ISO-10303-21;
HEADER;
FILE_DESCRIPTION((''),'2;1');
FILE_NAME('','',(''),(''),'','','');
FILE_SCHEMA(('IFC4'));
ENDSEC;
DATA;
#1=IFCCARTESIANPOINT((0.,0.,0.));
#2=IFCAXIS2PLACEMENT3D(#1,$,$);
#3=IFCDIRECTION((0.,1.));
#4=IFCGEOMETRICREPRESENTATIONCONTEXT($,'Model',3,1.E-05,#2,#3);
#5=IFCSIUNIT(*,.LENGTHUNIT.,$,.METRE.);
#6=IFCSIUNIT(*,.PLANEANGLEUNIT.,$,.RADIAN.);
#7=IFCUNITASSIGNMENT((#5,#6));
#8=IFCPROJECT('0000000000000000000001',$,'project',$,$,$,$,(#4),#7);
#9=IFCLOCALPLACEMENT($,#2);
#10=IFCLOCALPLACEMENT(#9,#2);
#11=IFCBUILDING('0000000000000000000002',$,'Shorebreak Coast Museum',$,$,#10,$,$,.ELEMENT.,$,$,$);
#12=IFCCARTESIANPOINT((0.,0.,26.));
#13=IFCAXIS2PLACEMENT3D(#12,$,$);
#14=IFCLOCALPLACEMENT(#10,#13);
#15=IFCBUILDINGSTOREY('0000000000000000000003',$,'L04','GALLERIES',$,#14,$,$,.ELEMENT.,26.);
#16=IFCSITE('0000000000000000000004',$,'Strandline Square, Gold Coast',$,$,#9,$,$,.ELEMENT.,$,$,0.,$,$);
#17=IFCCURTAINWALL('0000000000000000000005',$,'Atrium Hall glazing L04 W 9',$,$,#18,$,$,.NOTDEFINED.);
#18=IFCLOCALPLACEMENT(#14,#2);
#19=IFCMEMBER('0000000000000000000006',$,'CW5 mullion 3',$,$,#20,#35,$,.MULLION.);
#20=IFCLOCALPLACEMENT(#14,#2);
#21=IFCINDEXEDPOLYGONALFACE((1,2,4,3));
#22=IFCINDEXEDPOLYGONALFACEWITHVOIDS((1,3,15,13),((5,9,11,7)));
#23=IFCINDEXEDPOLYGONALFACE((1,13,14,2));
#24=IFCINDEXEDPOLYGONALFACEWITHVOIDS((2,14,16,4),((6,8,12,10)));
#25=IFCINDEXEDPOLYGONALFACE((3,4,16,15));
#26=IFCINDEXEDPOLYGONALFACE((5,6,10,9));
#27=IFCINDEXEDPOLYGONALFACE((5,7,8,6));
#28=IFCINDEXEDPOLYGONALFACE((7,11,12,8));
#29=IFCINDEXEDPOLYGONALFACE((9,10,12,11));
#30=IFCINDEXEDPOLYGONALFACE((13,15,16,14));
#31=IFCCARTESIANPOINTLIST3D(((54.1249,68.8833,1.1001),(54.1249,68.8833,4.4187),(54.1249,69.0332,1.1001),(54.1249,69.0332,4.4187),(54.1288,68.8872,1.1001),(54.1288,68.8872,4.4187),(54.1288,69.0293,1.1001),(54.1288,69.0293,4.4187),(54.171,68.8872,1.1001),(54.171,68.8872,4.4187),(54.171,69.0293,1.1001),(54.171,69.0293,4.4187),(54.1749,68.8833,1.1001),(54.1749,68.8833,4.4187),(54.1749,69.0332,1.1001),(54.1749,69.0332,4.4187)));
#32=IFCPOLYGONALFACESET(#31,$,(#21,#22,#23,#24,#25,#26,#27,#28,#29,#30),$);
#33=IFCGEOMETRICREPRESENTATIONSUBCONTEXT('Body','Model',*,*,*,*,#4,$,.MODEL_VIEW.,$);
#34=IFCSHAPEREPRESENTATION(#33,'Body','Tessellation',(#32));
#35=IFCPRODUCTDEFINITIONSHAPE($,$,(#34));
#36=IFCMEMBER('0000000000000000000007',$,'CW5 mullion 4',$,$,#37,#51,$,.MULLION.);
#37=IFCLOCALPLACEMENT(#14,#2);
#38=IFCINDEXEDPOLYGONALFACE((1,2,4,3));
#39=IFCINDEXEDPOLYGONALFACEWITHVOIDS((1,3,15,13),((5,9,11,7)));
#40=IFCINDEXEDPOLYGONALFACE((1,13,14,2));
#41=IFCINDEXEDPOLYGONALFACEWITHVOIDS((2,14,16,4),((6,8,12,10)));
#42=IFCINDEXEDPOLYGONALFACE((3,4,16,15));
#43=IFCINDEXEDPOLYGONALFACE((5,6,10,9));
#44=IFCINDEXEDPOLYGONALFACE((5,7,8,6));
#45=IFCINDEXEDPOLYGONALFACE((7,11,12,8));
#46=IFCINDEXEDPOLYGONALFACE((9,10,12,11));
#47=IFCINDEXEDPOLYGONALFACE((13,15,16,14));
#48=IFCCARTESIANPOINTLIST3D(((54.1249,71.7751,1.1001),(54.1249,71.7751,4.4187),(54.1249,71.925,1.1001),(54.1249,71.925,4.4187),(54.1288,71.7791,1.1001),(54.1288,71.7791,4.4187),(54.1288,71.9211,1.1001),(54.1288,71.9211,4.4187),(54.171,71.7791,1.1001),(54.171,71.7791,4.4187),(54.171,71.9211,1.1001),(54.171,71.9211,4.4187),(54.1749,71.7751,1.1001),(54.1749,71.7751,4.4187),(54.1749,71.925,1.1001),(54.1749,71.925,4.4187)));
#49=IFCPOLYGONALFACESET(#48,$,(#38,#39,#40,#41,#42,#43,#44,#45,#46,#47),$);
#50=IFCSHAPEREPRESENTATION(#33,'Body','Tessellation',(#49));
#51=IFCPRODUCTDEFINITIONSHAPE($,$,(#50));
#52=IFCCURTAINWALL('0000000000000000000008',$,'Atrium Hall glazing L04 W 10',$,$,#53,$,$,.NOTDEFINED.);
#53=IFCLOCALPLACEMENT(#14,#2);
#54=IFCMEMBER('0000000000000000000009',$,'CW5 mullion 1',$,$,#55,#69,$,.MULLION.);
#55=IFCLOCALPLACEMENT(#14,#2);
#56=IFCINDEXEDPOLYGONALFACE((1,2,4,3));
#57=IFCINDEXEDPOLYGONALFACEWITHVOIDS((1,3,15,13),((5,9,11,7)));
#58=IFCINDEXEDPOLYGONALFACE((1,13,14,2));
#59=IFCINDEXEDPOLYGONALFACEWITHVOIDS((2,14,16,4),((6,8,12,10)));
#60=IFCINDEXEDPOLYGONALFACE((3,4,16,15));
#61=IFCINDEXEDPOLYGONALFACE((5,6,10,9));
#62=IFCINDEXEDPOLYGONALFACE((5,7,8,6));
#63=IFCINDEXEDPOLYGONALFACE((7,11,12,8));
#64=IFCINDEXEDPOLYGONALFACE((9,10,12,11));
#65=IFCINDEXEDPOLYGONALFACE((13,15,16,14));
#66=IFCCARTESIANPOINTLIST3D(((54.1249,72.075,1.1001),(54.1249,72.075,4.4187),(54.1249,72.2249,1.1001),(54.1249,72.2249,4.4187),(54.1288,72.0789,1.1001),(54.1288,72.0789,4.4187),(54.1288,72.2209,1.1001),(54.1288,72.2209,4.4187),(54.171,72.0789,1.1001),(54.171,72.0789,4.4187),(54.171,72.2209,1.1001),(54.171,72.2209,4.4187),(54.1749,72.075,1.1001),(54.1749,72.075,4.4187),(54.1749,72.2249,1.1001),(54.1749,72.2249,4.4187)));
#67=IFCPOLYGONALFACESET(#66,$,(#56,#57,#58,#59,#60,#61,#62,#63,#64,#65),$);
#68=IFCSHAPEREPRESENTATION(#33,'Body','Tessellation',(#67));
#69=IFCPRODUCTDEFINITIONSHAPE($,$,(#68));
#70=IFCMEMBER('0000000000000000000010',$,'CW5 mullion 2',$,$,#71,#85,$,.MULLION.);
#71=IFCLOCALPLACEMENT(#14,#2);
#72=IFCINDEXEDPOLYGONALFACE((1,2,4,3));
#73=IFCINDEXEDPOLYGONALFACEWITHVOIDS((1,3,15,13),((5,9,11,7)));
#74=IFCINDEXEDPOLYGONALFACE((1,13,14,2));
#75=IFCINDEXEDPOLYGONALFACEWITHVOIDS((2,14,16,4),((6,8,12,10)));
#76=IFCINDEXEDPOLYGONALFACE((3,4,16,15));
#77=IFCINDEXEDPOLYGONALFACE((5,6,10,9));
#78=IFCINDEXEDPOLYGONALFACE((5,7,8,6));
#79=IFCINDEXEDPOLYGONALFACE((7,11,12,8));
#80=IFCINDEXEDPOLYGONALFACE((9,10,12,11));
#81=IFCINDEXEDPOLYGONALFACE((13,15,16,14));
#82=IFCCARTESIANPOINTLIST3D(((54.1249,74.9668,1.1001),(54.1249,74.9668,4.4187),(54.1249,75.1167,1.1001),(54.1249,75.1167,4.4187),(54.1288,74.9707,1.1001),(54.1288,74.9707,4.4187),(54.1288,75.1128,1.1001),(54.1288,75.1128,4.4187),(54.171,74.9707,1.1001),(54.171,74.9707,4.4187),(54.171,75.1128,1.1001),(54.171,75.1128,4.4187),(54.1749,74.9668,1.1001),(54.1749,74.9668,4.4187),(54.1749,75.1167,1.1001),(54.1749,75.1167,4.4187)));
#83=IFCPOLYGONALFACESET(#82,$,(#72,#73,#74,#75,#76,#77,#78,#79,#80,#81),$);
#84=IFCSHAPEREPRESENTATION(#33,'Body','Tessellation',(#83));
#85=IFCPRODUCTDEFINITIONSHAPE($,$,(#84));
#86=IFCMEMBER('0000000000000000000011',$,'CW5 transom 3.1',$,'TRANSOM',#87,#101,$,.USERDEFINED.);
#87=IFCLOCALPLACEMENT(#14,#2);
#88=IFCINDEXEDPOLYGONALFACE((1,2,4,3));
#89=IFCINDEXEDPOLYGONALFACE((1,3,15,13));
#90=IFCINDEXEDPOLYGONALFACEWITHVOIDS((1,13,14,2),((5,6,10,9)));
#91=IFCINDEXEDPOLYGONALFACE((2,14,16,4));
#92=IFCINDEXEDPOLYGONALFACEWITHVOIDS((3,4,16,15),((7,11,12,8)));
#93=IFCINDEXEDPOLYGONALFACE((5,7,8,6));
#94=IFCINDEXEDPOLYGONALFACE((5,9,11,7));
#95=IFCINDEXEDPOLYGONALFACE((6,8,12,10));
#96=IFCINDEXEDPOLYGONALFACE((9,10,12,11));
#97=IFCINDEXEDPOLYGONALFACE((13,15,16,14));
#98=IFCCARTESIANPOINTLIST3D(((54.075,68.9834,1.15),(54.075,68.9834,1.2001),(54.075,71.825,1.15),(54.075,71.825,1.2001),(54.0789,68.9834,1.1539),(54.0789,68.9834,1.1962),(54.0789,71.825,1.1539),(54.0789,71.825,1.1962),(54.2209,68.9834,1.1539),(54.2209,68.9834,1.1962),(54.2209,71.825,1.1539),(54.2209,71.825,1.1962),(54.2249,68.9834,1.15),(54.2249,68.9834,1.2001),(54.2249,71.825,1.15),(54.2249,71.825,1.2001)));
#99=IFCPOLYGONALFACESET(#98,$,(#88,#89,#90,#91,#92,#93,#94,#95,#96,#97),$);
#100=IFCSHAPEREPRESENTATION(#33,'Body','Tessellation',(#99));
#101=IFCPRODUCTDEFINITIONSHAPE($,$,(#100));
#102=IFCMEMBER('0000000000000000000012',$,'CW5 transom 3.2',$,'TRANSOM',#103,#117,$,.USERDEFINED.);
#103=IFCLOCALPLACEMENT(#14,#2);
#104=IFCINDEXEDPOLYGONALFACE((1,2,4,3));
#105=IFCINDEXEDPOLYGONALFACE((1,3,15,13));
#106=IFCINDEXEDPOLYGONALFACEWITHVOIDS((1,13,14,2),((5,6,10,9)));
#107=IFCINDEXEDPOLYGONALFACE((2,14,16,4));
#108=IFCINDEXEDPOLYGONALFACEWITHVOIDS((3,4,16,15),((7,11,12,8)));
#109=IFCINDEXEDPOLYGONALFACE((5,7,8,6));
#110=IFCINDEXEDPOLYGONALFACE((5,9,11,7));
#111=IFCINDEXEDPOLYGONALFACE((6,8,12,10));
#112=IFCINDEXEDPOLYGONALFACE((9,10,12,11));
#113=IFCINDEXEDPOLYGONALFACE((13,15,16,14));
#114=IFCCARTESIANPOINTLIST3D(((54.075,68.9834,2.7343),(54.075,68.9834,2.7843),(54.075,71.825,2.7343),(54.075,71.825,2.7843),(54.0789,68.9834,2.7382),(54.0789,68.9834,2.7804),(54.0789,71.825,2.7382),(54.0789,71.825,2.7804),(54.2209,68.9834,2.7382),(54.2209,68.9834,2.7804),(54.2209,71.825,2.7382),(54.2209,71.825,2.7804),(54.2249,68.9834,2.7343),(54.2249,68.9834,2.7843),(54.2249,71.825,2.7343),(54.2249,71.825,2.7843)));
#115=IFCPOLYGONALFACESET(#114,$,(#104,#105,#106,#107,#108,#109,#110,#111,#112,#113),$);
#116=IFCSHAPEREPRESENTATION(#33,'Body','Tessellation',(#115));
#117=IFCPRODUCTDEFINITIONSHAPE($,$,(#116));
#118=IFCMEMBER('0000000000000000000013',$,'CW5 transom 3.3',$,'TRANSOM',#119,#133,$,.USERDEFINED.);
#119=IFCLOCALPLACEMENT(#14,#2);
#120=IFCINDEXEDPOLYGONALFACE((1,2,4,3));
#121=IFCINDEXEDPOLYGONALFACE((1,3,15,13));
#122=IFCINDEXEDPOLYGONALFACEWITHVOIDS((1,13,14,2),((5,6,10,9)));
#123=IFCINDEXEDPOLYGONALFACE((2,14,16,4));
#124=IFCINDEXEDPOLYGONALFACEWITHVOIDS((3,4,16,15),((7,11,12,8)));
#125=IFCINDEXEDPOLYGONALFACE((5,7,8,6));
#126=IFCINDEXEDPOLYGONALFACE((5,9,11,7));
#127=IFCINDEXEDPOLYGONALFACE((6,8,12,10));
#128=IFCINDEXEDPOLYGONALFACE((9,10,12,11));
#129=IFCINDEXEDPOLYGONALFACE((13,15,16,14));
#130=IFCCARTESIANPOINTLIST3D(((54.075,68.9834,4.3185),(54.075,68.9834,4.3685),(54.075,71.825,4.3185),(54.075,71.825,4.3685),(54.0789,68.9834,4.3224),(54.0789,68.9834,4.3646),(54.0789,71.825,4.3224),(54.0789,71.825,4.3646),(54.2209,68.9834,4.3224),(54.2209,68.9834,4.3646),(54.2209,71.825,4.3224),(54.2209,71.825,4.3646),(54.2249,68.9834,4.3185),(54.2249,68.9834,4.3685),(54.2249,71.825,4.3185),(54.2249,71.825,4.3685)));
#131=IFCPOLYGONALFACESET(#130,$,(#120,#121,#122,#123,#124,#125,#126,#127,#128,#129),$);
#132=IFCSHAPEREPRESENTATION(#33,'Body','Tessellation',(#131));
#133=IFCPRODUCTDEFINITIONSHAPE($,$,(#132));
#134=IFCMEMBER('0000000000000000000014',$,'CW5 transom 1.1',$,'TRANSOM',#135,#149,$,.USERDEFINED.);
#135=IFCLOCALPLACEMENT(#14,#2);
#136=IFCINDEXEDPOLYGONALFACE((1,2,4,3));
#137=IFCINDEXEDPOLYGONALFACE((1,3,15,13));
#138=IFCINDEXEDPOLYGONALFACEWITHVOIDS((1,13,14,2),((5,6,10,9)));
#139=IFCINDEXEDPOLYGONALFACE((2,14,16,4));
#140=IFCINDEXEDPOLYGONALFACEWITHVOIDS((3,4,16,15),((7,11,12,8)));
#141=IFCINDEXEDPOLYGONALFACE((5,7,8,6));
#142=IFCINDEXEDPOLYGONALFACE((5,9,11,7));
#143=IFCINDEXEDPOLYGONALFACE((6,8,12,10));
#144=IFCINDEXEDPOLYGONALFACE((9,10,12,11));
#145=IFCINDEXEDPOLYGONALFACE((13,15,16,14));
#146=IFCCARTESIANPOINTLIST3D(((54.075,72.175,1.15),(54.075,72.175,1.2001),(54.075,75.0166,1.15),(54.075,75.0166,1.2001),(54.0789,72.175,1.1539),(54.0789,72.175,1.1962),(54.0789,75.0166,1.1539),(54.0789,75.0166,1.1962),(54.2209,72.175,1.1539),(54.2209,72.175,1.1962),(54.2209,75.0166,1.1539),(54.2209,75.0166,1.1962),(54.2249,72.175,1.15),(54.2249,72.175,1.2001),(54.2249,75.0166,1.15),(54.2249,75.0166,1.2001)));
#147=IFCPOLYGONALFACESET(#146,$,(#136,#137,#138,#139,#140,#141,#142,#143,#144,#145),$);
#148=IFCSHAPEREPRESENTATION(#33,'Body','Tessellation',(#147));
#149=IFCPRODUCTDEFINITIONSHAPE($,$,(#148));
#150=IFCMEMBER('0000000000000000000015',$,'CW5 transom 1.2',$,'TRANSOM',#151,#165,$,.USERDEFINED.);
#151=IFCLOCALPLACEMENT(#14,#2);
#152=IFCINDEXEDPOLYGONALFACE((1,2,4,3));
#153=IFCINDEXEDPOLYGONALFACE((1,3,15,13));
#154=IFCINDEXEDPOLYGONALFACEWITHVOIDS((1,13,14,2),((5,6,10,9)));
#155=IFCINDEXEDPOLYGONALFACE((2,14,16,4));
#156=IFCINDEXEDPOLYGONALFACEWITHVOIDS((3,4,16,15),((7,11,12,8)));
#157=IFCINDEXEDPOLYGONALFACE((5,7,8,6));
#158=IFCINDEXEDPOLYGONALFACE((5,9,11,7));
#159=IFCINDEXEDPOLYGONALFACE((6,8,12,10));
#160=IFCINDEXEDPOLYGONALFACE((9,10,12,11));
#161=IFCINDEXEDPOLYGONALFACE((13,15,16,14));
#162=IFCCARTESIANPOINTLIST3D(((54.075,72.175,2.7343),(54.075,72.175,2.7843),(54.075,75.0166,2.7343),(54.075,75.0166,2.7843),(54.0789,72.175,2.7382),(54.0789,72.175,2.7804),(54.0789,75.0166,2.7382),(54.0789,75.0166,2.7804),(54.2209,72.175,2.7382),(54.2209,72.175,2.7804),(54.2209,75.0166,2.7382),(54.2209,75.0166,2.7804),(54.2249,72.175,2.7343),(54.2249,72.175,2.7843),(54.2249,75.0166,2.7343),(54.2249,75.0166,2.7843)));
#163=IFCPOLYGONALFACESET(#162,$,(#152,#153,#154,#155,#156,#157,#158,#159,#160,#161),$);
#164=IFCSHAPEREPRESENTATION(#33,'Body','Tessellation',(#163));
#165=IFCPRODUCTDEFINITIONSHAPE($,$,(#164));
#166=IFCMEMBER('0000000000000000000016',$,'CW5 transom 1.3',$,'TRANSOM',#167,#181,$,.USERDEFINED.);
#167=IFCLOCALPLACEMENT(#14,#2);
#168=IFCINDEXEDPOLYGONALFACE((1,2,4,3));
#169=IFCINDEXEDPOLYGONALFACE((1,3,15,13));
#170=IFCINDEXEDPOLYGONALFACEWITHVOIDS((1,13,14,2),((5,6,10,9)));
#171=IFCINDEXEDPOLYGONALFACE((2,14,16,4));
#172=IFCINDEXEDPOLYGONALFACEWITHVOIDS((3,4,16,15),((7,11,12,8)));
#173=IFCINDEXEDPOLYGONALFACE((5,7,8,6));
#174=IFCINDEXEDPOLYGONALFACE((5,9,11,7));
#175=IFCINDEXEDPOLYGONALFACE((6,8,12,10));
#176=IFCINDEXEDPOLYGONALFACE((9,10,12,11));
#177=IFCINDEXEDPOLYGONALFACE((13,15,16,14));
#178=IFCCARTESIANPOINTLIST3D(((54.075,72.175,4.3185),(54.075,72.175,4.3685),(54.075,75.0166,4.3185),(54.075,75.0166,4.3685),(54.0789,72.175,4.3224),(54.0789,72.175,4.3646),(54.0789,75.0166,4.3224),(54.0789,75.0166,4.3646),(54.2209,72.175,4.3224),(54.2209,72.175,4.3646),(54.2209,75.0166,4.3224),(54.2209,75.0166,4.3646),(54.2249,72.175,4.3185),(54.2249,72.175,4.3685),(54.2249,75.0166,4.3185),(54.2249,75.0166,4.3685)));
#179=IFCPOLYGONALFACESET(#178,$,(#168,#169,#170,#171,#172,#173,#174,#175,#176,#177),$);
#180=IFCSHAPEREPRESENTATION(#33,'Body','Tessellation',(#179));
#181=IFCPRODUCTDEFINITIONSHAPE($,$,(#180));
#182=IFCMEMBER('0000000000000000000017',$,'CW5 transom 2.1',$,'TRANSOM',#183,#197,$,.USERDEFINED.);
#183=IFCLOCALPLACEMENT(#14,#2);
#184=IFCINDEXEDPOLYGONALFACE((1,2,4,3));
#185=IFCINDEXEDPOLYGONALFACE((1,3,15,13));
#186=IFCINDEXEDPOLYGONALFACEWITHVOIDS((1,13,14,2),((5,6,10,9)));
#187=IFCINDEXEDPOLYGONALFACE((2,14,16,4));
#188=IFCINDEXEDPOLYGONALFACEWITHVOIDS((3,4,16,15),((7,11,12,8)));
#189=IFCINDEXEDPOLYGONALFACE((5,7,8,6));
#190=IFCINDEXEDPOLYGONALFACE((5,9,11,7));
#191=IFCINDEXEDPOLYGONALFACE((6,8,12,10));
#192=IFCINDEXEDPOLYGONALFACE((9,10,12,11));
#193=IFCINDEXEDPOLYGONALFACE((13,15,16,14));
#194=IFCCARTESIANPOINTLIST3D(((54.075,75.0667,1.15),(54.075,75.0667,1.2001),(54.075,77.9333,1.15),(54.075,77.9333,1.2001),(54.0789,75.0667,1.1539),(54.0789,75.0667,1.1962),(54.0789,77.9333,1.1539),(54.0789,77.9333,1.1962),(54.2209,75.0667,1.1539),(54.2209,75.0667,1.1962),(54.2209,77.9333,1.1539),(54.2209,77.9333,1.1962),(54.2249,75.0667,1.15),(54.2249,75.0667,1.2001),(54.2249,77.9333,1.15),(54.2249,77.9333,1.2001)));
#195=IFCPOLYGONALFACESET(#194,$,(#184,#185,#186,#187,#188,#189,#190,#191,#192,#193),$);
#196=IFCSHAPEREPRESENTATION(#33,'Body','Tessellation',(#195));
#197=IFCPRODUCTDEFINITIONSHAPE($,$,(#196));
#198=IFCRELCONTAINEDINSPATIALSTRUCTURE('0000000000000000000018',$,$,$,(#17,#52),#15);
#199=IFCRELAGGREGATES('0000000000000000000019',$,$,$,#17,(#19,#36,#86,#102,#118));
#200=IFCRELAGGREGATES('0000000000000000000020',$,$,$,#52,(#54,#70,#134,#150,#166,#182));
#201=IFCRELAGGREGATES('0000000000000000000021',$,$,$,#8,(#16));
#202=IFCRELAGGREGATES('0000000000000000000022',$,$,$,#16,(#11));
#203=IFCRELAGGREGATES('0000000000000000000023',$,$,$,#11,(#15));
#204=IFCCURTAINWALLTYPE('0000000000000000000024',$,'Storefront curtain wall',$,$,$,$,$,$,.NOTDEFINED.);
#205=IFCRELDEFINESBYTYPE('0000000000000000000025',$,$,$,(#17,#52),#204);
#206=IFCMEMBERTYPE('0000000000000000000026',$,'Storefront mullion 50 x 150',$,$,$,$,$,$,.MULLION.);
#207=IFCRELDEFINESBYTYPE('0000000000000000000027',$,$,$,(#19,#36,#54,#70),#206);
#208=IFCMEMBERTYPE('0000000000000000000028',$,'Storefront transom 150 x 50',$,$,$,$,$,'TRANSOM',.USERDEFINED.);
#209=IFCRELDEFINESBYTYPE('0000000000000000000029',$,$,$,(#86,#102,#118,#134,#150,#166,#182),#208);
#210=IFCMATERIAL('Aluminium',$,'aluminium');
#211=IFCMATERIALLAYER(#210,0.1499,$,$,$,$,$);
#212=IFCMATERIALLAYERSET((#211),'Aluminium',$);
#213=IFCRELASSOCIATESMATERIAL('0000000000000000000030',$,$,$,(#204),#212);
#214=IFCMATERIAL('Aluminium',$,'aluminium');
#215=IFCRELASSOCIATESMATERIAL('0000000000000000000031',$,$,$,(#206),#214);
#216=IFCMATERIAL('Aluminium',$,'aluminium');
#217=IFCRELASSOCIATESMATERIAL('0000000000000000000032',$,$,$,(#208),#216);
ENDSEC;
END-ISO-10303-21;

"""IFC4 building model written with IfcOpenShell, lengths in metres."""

from ifc_helpers import new_model, si_unit, direction, frame, origin, origin_2d, place, context, subcontext, project, spatial, hollow_rectangle, extrude, material, layer, layer_set, material_profile, profile_set, type_object, element, aggregate, save


model = new_model("IFC4")

# Units and contexts
model_context = context("Model", 3, precision=1e-05, world=origin(), true_north=direction((0.0, 1.0)))
body_context = subcontext(model_context, "Body", "Model", "MODEL_VIEW")
ifc_project = project(units=[si_unit("LENGTHUNIT", "METRE"), si_unit("PLANEANGLEUNIT", "RADIAN")], contexts=[model_context])

# Site, building, storey
site_placement = place(None, origin())
site = spatial("IfcSite", under=ifc_project, at=site_placement, Name="Strandline Square, Gold Coast", CompositionType="ELEMENT", RefElevation=0.0)
building_placement = place(site_placement, origin())
building = spatial("IfcBuilding", under=site, at=building_placement, Name="Shorebreak Coast Museum", CompositionType="ELEMENT")
storey_placement = place(building_placement, frame((0.0, 0.0, 26.0)))
storey = spatial("IfcBuildingStorey", under=building, at=storey_placement, Name="L04", Description="GALLERIES", CompositionType="ELEMENT", Elevation=26.0)

# Curtain walls, members
ifc_material_1 = material(Name="Aluminium", Category="aluminium")
ifc_layer_1 = layer(ifc_material_1, 0.1499)
ifc_layer_set_1 = layer_set([ifc_layer_1], Name="Aluminium")
curtain_wall_type_1 = type_object("IfcCurtainWallType", Name="Storefront curtain wall", PredefinedType="NOTDEFINED", material=ifc_layer_set_1)
curtain_wall_1_placement = place(storey_placement, origin())
curtain_wall_1 = element("IfcCurtainWall", 1, at=curtain_wall_1_placement, inside=storey, type_object=curtain_wall_type_1, Name="Atrium Hall glazing L04 W 9", PredefinedType="NOTDEFINED")
ifc_material_2 = material(Name="Aluminium", Category="aluminium")
ifc_material_profile_1 = material_profile(ifc_material_2, hollow_rectangle(XDim=0.05, YDim=0.1499, WallThickness=0.0039, at=origin_2d()), Name="AL 150x50 RHS")
ifc_profile_set_1 = profile_set([ifc_material_profile_1], Name="Aluminium")
member_type_1 = type_object("IfcMemberType", Name="Storefront mullion 50 x 150", PredefinedType="MULLION", material=ifc_profile_set_1)
member_1_placement = place(storey_placement, frame((54.1499, 68.9583, 1.1001), z_axis=(0.0, 0.0, 1.0), x_axis=(-1.0, 0.0, 0.0)))
member_1 = element("IfcMember", 2, at=member_1_placement, type_object=member_type_1, Name="CW5 mullion 3", PredefinedType="MULLION", context=body_context, shape_type="SweptSolid", body=[
    extrude(hollow_rectangle(XDim=0.05, YDim=0.1499, WallThickness=0.0039, at=origin_2d()), origin(), (0.0, 0.0, 1.0), 3.3186),
])
member_2_placement = place(storey_placement, frame((54.1499, 71.8501, 1.1001), z_axis=(0.0, 0.0, 1.0), x_axis=(-1.0, 0.0, 0.0)))
member_2 = element("IfcMember", 3, at=member_2_placement, type_object=member_type_1, Name="CW5 mullion 4", PredefinedType="MULLION", context=body_context, shape_type="SweptSolid", body=[
    extrude(hollow_rectangle(XDim=0.05, YDim=0.1499, WallThickness=0.0039, at=origin_2d()), origin(), (0.0, 0.0, 1.0), 3.3186),
])
curtain_wall_2_placement = place(storey_placement, origin())
curtain_wall_2 = element("IfcCurtainWall", 4, at=curtain_wall_2_placement, inside=storey, type_object=curtain_wall_type_1, Name="Atrium Hall glazing L04 W 10", PredefinedType="NOTDEFINED")
member_3_placement = place(storey_placement, frame((54.1499, 72.1499, 1.1001), z_axis=(0.0, 0.0, 1.0), x_axis=(-1.0, 0.0, 0.0)))
member_3 = element("IfcMember", 5, at=member_3_placement, type_object=member_type_1, Name="CW5 mullion 1", PredefinedType="MULLION", context=body_context, shape_type="SweptSolid", body=[
    extrude(hollow_rectangle(XDim=0.05, YDim=0.1499, WallThickness=0.0039, at=origin_2d()), origin(), (0.0, 0.0, 1.0), 3.3186),
])
member_4_placement = place(storey_placement, frame((54.1499, 75.0417, 1.1001), z_axis=(0.0, 0.0, 1.0), x_axis=(-1.0, 0.0, 0.0)))
member_4 = element("IfcMember", 6, at=member_4_placement, type_object=member_type_1, Name="CW5 mullion 2", PredefinedType="MULLION", context=body_context, shape_type="SweptSolid", body=[
    extrude(hollow_rectangle(XDim=0.05, YDim=0.1499, WallThickness=0.0039, at=origin_2d()), origin(), (0.0, 0.0, 1.0), 3.3186),
])

# Members
ifc_material_3 = material(Name="Aluminium", Category="aluminium")
ifc_material_profile_2 = material_profile(ifc_material_3, hollow_rectangle(XDim=0.1499, YDim=0.05, WallThickness=0.0039, at=origin_2d()), Name="AL 50x150 RHS")
ifc_profile_set_2 = profile_set([ifc_material_profile_2], Name="Aluminium")
member_type_2 = type_object("IfcMemberType", Name="Storefront transom 150 x 50", ElementType="TRANSOM", PredefinedType="USERDEFINED", material=ifc_profile_set_2)
member_5_placement = place(storey_placement, frame((54.1499, 68.9834, 1.175), z_axis=(0.0, 1.0, 0.0), x_axis=(-1.0, 0.0, 0.0)))
member_5 = element("IfcMember", 7, at=member_5_placement, type_object=member_type_2, Name="CW5 transom 3.1", ObjectType="TRANSOM", PredefinedType="USERDEFINED", context=body_context, shape_type="SweptSolid", body=[
    extrude(hollow_rectangle(XDim=0.1499, YDim=0.05, WallThickness=0.0039, at=origin_2d()), origin(), (0.0, 0.0, 1.0), 2.8416),
])
member_6_placement = place(storey_placement, frame((54.1499, 68.9834, 2.7593), z_axis=(0.0, 1.0, 0.0), x_axis=(-1.0, 0.0, 0.0)))
member_6 = element("IfcMember", 8, at=member_6_placement, type_object=member_type_2, Name="CW5 transom 3.2", ObjectType="TRANSOM", PredefinedType="USERDEFINED", context=body_context, shape_type="SweptSolid", body=[
    extrude(hollow_rectangle(XDim=0.1499, YDim=0.05, WallThickness=0.0039, at=origin_2d()), origin(), (0.0, 0.0, 1.0), 2.8416),
])
member_7_placement = place(storey_placement, frame((54.1499, 68.9834, 4.3435), z_axis=(0.0, 1.0, 0.0), x_axis=(-1.0, 0.0, 0.0)))
member_7 = element("IfcMember", 9, at=member_7_placement, type_object=member_type_2, Name="CW5 transom 3.3", ObjectType="TRANSOM", PredefinedType="USERDEFINED", context=body_context, shape_type="SweptSolid", body=[
    extrude(hollow_rectangle(XDim=0.1499, YDim=0.05, WallThickness=0.0039, at=origin_2d()), origin(), (0.0, 0.0, 1.0), 2.8416),
])
member_8_placement = place(storey_placement, frame((54.1499, 72.175, 1.175), z_axis=(0.0, 1.0, 0.0), x_axis=(-1.0, 0.0, 0.0)))
member_8 = element("IfcMember", 10, at=member_8_placement, type_object=member_type_2, Name="CW5 transom 1.1", ObjectType="TRANSOM", PredefinedType="USERDEFINED", context=body_context, shape_type="SweptSolid", body=[
    extrude(hollow_rectangle(XDim=0.1499, YDim=0.05, WallThickness=0.0039, at=origin_2d()), origin(), (0.0, 0.0, 1.0), 2.8416),
])
member_9_placement = place(storey_placement, frame((54.1499, 72.175, 2.7593), z_axis=(0.0, 1.0, 0.0), x_axis=(-1.0, 0.0, 0.0)))
member_9 = element("IfcMember", 11, at=member_9_placement, type_object=member_type_2, Name="CW5 transom 1.2", ObjectType="TRANSOM", PredefinedType="USERDEFINED", context=body_context, shape_type="SweptSolid", body=[
    extrude(hollow_rectangle(XDim=0.1499, YDim=0.05, WallThickness=0.0039, at=origin_2d()), origin(), (0.0, 0.0, 1.0), 2.8416),
])
member_10_placement = place(storey_placement, frame((54.1499, 72.175, 4.3435), z_axis=(0.0, 1.0, 0.0), x_axis=(-1.0, 0.0, 0.0)))
member_10 = element("IfcMember", 12, at=member_10_placement, type_object=member_type_2, Name="CW5 transom 1.3", ObjectType="TRANSOM", PredefinedType="USERDEFINED", context=body_context, shape_type="SweptSolid", body=[
    extrude(hollow_rectangle(XDim=0.1499, YDim=0.05, WallThickness=0.0039, at=origin_2d()), origin(), (0.0, 0.0, 1.0), 2.8416),
])
member_11_placement = place(storey_placement, frame((54.1499, 75.0667, 1.175), z_axis=(0.0, 1.0, 0.0), x_axis=(-1.0, 0.0, 0.0)))
member_11 = element("IfcMember", 13, at=member_11_placement, type_object=member_type_2, Name="CW5 transom 2.1", ObjectType="TRANSOM", PredefinedType="USERDEFINED", context=body_context, shape_type="SweptSolid", body=[
    extrude(hollow_rectangle(XDim=0.1499, YDim=0.05, WallThickness=0.0039, at=origin_2d()), origin(), (0.0, 0.0, 1.0), 2.8667),
])

aggregate(curtain_wall_1, [member_1, member_2, member_5, member_6, member_7])
aggregate(curtain_wall_2, [member_3, member_4, member_8, member_9, member_10, member_11])

save(model, "model.ifc")
